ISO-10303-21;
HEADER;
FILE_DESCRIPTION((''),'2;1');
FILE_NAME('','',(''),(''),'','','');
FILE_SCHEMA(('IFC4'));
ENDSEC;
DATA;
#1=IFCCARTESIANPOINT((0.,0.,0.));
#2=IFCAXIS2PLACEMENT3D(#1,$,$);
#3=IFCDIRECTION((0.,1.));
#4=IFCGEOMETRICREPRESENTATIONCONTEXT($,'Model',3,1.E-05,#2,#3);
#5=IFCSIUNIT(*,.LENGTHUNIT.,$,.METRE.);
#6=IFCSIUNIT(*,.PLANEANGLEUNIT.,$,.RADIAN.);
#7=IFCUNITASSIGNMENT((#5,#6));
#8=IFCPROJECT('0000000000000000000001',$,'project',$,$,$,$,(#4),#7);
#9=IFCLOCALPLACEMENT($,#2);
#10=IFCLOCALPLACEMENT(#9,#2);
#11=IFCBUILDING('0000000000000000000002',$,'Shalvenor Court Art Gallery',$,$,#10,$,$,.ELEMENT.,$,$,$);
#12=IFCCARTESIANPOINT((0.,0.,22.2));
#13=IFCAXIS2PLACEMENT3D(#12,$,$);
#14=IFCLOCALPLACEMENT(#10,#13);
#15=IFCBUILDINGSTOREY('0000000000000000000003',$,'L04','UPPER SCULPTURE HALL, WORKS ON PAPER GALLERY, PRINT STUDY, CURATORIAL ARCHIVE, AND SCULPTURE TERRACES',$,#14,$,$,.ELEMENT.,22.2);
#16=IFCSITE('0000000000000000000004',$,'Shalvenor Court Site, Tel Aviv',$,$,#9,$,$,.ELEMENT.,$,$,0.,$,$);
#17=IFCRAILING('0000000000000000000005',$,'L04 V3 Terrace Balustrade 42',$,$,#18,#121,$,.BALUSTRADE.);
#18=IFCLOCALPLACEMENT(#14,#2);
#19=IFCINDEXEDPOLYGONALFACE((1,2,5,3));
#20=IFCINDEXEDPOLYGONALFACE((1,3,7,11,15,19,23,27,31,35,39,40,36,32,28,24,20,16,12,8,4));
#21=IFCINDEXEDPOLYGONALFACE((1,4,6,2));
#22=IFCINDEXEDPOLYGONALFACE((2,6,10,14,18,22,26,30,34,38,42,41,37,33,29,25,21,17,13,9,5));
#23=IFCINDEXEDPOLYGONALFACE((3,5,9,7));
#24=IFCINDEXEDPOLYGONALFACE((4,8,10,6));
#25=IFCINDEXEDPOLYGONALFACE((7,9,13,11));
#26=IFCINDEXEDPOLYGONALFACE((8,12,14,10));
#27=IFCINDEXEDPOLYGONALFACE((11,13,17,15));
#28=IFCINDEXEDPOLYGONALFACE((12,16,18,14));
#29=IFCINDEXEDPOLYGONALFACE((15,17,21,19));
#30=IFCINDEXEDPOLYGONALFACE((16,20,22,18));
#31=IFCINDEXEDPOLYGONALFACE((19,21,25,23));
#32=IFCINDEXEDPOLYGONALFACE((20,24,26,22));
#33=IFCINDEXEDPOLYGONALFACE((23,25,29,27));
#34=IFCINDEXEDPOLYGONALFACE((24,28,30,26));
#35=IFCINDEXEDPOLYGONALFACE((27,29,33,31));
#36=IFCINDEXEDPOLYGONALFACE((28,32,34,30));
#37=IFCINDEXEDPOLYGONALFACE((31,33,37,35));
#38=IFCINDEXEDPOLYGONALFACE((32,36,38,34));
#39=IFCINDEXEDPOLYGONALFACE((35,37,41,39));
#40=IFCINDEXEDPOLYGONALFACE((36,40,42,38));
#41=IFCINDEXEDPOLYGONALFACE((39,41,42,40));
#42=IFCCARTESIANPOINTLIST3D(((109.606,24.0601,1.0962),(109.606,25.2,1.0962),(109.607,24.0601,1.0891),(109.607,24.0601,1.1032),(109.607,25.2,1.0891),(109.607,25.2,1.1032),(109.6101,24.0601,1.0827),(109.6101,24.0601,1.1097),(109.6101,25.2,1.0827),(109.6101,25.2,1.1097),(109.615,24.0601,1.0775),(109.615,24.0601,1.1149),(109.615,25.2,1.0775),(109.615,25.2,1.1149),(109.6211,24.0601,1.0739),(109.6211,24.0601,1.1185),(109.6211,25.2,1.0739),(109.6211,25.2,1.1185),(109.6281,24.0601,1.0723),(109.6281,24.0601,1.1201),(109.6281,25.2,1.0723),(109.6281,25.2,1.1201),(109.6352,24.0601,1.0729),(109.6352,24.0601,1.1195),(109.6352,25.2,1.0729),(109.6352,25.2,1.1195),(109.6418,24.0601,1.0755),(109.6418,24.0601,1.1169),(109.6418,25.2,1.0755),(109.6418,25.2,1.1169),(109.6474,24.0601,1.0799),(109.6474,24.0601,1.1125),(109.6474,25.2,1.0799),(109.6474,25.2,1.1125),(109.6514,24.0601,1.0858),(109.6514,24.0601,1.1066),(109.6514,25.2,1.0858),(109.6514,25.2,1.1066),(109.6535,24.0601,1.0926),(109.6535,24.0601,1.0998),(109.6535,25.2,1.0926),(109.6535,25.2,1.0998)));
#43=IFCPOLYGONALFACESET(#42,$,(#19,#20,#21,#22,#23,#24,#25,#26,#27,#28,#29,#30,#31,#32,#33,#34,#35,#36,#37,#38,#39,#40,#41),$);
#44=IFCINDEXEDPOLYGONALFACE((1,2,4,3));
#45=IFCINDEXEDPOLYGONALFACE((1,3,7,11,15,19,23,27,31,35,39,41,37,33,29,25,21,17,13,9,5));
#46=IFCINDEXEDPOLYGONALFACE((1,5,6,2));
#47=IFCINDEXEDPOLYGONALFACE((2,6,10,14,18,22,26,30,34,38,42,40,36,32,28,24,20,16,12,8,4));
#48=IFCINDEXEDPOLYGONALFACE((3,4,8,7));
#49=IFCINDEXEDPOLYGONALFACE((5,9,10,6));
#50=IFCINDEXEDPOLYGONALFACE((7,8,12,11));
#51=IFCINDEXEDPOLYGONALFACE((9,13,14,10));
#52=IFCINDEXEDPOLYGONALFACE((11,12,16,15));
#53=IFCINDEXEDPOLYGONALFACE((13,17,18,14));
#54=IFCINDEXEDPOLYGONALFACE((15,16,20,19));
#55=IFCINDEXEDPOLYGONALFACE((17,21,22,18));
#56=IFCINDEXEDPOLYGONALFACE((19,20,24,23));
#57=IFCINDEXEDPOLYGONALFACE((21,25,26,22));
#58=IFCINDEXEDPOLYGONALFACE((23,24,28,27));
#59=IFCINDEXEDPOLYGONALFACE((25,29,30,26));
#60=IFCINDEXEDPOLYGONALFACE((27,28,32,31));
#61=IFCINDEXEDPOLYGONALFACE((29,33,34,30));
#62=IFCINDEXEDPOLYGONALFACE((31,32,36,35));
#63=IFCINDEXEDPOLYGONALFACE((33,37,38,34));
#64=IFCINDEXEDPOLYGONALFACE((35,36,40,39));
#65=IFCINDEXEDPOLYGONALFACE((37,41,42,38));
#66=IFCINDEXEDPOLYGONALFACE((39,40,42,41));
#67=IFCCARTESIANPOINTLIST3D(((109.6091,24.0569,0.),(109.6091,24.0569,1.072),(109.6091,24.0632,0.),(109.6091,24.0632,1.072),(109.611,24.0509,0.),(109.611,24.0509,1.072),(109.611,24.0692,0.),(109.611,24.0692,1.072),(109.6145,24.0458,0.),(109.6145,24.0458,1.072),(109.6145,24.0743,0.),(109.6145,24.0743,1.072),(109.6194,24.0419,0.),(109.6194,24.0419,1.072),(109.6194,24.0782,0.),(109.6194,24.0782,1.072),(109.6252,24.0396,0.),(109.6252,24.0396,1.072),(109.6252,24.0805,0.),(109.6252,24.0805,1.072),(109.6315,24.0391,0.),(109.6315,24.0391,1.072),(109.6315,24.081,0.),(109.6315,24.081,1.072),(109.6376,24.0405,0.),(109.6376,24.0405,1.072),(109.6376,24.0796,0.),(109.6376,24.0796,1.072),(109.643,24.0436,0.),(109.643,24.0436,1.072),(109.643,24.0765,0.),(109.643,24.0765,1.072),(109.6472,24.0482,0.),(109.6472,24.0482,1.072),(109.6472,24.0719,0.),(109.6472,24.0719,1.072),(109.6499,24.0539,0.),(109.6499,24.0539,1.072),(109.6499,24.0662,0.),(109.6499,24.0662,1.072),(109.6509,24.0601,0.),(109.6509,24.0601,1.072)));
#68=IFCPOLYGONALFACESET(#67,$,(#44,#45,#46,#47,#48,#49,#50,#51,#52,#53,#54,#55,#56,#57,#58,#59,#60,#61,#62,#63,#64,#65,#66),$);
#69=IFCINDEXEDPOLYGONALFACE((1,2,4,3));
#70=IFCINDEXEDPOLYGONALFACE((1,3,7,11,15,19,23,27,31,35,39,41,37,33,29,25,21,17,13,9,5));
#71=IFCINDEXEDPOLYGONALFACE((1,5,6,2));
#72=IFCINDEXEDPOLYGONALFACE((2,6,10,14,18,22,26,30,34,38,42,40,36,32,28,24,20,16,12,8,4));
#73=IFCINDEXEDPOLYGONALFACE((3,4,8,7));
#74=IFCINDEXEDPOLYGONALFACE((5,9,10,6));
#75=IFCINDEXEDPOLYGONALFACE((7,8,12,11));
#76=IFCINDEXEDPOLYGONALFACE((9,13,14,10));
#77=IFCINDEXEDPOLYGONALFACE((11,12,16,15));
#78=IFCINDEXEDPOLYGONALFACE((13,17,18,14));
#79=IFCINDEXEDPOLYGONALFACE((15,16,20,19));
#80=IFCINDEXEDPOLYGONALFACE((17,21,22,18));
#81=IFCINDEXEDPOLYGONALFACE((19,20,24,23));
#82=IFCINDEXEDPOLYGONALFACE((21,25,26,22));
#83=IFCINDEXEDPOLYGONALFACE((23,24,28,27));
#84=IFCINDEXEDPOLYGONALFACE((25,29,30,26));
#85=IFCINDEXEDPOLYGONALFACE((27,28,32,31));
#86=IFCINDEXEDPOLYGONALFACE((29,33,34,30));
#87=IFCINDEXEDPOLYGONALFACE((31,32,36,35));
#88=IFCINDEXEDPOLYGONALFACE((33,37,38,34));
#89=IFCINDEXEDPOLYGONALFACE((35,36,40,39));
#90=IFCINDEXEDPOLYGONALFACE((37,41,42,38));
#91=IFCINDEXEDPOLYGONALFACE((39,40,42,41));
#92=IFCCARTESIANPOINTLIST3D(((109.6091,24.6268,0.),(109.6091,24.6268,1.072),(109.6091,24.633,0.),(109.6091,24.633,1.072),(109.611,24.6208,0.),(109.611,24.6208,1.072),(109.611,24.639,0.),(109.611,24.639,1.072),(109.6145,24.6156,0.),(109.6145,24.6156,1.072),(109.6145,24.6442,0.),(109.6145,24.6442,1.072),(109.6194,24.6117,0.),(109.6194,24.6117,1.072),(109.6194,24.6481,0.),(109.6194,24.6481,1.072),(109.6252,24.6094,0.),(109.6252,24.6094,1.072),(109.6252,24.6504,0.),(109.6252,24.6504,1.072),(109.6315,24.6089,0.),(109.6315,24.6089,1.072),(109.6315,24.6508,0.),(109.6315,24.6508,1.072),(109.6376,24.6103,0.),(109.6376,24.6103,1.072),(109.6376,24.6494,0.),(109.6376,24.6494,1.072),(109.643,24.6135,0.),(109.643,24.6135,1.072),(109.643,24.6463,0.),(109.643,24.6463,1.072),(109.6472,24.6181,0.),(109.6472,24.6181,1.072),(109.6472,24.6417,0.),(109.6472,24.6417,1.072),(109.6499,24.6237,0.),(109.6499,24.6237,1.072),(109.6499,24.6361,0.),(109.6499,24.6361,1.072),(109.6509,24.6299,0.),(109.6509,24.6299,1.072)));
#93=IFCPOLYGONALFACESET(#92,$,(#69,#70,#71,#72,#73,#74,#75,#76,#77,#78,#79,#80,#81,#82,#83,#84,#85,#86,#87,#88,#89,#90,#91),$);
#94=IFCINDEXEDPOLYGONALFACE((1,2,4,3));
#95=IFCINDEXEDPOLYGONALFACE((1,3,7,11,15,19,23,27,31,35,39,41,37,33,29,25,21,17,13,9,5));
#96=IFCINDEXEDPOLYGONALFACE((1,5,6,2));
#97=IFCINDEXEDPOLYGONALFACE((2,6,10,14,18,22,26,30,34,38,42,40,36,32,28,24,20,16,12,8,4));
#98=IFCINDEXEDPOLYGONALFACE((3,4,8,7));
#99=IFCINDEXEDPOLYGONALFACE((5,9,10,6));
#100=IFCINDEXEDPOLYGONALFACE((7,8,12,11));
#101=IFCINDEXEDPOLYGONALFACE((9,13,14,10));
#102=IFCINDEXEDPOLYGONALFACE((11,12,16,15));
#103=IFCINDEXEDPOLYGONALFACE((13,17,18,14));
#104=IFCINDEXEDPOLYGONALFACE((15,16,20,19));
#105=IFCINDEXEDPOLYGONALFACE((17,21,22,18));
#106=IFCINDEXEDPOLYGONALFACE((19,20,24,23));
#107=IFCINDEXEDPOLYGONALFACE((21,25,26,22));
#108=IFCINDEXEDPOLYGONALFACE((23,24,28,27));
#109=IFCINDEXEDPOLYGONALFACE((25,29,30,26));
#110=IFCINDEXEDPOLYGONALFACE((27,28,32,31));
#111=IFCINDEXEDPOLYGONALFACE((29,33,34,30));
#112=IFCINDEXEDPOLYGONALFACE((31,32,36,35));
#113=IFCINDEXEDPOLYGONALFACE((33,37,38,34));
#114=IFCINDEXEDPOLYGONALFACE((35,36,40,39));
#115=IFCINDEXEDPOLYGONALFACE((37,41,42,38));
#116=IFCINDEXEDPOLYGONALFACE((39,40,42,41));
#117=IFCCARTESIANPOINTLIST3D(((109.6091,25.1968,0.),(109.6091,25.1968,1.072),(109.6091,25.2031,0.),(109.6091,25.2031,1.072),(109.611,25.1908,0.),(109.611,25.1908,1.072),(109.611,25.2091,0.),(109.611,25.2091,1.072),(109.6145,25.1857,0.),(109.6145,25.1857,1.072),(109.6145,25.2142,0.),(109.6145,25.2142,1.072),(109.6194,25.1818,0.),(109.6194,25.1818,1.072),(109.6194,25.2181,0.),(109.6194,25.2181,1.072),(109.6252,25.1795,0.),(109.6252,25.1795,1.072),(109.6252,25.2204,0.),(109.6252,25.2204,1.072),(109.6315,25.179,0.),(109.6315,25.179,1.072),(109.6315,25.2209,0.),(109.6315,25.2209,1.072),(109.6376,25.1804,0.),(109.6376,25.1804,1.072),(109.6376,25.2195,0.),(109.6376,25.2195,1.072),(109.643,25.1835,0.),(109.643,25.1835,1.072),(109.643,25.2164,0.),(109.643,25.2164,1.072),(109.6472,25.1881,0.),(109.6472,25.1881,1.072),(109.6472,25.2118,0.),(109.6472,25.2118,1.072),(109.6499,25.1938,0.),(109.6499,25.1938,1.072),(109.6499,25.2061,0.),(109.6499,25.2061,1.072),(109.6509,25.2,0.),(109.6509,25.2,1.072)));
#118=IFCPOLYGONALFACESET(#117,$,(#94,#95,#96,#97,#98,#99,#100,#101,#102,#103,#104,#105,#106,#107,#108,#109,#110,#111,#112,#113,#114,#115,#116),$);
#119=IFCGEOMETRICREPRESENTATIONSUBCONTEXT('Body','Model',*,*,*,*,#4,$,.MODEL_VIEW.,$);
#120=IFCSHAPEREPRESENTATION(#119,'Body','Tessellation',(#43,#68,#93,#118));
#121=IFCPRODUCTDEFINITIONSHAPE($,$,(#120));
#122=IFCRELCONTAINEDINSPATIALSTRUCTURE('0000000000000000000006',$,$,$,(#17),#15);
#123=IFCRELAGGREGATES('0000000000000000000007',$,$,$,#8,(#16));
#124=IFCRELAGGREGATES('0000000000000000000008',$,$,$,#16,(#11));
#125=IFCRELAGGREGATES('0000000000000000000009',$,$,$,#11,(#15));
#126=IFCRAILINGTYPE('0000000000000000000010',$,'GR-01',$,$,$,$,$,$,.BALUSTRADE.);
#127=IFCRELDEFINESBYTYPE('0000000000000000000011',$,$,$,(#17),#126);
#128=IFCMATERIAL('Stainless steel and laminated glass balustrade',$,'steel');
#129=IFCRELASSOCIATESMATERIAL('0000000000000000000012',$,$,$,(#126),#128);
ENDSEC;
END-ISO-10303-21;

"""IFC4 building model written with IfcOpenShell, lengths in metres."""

from ifc_helpers import new_model, si_unit, direction, frame, origin, origin_2d, place, context, subcontext, project, spatial, circle, extrude, material, type_object, element, save


model = new_model("IFC4")

# Units and contexts
model_context = context("Model", 3, precision=1e-05, world=origin(), true_north=direction((0.0, 1.0)))
body_context = subcontext(model_context, "Body", "Model", "MODEL_VIEW")
ifc_project = project(units=[si_unit("LENGTHUNIT", "METRE"), si_unit("PLANEANGLEUNIT", "RADIAN")], contexts=[model_context])

# Site, building, storey
site_placement = place(None, origin())
site = spatial("IfcSite", under=ifc_project, at=site_placement, Name="Shalvenor Court Site, Tel Aviv", CompositionType="ELEMENT", RefElevation=0.0)
building_placement = place(site_placement, origin())
building = spatial("IfcBuilding", under=site, at=building_placement, Name="Shalvenor Court Art Gallery", CompositionType="ELEMENT")
storey_placement = place(building_placement, frame((0.0, 0.0, 22.2)))
storey = spatial("IfcBuildingStorey", under=building, at=storey_placement, Name="L04", Description="UPPER SCULPTURE HALL, WORKS ON PAPER GALLERY, PRINT STUDY, CURATORIAL ARCHIVE, AND SCULPTURE TERRACES", CompositionType="ELEMENT", Elevation=22.2)

# Railing
ifc_material_1 = material(Name="Stainless steel and laminated glass balustrade", Category="steel")
railing_type = type_object("IfcRailingType", Name="GR-01", PredefinedType="BALUSTRADE", material=ifc_material_1)
railing_1_placement = place(storey_placement, frame((109.6299, 24.0601, 0.0)))
element("IfcRailing", 1, at=railing_1_placement, inside=storey, type_object=railing_type, Name="L04 V3 Terrace Balustrade 42", PredefinedType="BALUSTRADE", context=body_context, shape_type="SweptSolid", body=[
    extrude(circle(Radius=0.0239, at=origin_2d()), frame((0.0, 0.0, 1.0962), z_axis=(0.0, 1.0, 0.0), x_axis=(-1.0, 0.0, 0.0)), (0.0, 0.0, 1.0), 1.1399),
    extrude(circle(Radius=0.021, at=origin_2d()), origin(), (0.0, 0.0, 1.0), 1.072),
    extrude(circle(Radius=0.021, at=origin_2d()), frame((0.0, 0.5698, 0.0)), (0.0, 0.0, 1.0), 1.072),
    extrude(circle(Radius=0.021, at=origin_2d()), frame((0.0, 1.1399, 0.0)), (0.0, 0.0, 1.0), 1.072),
])

save(model, "model.ifc")
